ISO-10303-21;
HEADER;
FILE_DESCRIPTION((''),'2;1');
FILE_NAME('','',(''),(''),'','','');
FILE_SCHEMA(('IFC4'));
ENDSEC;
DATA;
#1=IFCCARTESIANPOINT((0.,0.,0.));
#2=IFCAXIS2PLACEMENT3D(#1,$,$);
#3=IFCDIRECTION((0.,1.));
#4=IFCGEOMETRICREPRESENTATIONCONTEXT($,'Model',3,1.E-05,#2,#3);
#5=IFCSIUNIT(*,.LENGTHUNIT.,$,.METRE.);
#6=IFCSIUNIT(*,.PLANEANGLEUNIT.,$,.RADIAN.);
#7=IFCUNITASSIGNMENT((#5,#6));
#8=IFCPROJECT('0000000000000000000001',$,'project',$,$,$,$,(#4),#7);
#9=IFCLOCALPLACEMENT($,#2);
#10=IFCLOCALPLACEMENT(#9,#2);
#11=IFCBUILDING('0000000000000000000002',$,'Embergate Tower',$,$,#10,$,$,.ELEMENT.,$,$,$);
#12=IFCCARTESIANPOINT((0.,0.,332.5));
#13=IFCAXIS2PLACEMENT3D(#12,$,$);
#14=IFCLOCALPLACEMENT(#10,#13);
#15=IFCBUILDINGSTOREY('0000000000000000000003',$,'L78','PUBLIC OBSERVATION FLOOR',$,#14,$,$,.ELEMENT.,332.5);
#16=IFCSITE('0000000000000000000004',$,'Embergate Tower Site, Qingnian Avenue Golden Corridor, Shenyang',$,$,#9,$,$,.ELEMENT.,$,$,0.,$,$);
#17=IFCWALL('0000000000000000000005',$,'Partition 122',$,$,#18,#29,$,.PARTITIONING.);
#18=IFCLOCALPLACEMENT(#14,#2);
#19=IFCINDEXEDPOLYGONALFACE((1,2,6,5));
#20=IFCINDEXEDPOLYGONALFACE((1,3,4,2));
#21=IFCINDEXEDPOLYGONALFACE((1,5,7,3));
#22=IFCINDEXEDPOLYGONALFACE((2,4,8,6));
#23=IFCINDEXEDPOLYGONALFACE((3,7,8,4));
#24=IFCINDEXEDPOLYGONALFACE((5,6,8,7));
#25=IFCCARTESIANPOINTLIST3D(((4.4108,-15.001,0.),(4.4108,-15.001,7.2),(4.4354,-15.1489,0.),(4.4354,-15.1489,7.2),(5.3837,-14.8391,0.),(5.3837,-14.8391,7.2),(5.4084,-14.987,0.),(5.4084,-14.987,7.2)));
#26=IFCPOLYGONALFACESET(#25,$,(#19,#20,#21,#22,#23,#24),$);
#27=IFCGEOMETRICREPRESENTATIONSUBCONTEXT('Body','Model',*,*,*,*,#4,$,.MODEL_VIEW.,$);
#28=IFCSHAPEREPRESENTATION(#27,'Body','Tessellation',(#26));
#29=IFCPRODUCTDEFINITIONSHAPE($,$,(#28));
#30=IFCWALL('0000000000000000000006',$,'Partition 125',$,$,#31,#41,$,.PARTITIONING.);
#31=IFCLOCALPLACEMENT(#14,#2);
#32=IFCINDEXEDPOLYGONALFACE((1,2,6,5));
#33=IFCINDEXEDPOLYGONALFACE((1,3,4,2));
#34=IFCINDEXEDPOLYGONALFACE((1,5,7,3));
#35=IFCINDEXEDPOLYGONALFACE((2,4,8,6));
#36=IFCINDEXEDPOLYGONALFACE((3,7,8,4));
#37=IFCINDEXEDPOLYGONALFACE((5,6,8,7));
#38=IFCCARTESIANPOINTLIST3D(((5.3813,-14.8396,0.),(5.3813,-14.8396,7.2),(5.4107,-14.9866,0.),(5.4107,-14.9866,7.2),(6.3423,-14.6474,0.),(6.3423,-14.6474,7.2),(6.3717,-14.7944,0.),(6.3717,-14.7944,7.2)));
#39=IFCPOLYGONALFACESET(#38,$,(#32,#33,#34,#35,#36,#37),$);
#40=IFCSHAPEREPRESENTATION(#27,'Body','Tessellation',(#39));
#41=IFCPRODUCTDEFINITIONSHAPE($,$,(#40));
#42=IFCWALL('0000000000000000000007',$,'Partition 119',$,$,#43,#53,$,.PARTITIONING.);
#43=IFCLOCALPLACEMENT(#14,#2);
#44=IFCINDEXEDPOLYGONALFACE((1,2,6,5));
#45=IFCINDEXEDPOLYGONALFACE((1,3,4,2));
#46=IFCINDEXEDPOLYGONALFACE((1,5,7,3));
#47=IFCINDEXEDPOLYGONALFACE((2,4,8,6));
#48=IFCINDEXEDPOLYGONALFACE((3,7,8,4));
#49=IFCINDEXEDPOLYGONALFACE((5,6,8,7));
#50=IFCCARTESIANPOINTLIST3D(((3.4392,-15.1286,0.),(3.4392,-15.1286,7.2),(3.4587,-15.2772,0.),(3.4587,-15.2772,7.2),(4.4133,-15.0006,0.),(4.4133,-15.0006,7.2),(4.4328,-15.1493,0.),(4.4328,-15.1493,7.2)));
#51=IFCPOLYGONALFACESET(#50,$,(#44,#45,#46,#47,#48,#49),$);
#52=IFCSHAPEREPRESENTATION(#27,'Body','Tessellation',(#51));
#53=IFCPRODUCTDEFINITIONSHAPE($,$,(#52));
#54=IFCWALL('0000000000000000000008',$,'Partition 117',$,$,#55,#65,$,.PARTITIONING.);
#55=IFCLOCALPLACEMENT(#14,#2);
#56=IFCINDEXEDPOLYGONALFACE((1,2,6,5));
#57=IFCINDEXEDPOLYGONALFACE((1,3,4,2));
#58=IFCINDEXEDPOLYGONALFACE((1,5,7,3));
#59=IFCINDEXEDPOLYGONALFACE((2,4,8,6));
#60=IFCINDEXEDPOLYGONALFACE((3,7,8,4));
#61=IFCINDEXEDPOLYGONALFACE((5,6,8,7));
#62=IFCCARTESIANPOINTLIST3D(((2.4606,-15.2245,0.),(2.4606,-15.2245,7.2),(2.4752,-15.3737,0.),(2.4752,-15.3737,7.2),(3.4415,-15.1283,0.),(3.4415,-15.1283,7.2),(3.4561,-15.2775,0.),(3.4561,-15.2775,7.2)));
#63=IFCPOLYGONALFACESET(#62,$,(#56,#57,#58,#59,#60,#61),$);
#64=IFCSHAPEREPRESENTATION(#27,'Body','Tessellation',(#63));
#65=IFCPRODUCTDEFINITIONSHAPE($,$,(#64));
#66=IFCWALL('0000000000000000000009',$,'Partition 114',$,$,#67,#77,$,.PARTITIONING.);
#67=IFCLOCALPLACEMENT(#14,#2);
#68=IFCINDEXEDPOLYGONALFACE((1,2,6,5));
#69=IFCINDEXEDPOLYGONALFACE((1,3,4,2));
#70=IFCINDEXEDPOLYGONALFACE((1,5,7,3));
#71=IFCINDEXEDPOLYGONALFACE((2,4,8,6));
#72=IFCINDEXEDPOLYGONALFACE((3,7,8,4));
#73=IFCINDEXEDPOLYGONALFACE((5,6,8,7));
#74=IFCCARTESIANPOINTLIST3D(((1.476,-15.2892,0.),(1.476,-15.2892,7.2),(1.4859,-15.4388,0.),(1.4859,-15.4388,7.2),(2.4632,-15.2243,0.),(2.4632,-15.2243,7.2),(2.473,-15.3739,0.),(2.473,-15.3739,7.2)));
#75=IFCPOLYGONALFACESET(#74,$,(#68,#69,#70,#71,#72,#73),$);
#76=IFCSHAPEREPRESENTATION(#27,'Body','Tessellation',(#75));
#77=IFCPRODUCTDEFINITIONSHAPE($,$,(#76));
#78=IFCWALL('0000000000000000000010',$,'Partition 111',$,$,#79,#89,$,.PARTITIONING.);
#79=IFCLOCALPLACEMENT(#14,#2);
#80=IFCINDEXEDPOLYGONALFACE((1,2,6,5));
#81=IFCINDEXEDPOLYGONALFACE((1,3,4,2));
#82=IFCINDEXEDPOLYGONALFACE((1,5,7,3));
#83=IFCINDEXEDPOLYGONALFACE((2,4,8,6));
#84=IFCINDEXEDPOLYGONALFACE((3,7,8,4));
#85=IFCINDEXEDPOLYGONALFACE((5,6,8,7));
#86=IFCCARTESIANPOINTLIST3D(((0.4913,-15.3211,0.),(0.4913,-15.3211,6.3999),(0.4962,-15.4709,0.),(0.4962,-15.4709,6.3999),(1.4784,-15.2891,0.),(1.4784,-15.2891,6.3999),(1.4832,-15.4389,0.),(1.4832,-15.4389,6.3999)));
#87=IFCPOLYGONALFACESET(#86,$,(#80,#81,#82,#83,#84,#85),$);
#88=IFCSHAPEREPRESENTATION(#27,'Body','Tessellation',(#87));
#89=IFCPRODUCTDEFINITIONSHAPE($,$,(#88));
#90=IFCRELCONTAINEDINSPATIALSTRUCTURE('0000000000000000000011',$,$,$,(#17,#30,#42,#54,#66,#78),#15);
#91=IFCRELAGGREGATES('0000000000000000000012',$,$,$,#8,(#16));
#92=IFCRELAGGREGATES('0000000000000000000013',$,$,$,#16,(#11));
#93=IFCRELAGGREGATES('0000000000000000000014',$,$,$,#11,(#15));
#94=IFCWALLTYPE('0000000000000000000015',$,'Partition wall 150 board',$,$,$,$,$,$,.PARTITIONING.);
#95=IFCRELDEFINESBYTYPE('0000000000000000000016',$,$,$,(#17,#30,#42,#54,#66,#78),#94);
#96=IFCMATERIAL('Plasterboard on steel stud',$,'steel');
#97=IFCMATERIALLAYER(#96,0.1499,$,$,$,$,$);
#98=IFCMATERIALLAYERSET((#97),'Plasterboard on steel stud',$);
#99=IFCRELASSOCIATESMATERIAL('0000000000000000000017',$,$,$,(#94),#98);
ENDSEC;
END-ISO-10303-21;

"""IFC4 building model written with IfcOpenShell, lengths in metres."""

from ifc_helpers import new_model, si_unit, direction, frame, frame_2d, origin, place, context, subcontext, project, spatial, rectangle, extrude, source, transform, mapped, material, layer, layer_set, type_object, element, save


model = new_model("IFC4")

# Units and contexts
model_context = context("Model", 3, precision=1e-05, world=origin(), true_north=direction((0.0, 1.0)))
body_context = subcontext(model_context, "Body", "Model", "MODEL_VIEW")
ifc_project = project(units=[si_unit("LENGTHUNIT", "METRE"), si_unit("PLANEANGLEUNIT", "RADIAN")], contexts=[model_context])

# Site, building, storey
site_placement = place(None, origin())
site = spatial("IfcSite", under=ifc_project, at=site_placement, Name="Embergate Tower Site, Qingnian Avenue Golden Corridor, Shenyang", CompositionType="ELEMENT", RefElevation=0.0)
building_placement = place(site_placement, origin())
building = spatial("IfcBuilding", under=site, at=building_placement, Name="Embergate Tower", CompositionType="ELEMENT")
storey_placement = place(building_placement, frame((0.0, 0.0, 332.5)))
storey = spatial("IfcBuildingStorey", under=building, at=storey_placement, Name="L78", Description="PUBLIC OBSERVATION FLOOR", CompositionType="ELEMENT", Elevation=332.5)

# Walls
ifc_material_1 = material(Name="Plasterboard on steel stud", Category="steel")
ifc_layer_1 = layer(ifc_material_1, 0.1499)
ifc_layer_set_1 = layer_set([ifc_layer_1], Name="Plasterboard on steel stud")
wall_type_1 = type_object("IfcWallType", Name="Partition wall 150 board", PredefinedType="PARTITIONING", material=ifc_layer_set_1)
shared_shape_1 = source(origin(), body_context, "Body", "SweptSolid", [
    extrude(rectangle(XDim=0.9863, YDim=0.1499, at=frame_2d((0.4932, 0.0))), origin(), (0.0, 0.0, 1.0), 7.2),
])
wall_1_placement = place(storey_placement, frame((4.4231, -15.075, 0.0), z_axis=(0.0, 0.0, 1.0), x_axis=(0.986441, 0.164118, 0.0)))
element("IfcWall", 1, at=wall_1_placement, inside=storey, type_object=wall_type_1, Name="Partition 122", PredefinedType="PARTITIONING", context=body_context, shape_type="MappedRepresentation", body=[
    mapped(shared_shape_1, transform((0.0, 0.0, 0.0))),
])
shared_shape_2 = source(origin(), body_context, "Body", "SweptSolid", [
    extrude(rectangle(XDim=0.98, YDim=0.1499, at=frame_2d((0.49, 0.0))), origin(), (0.0, 0.0, 1.0), 7.2),
])
wall_2_placement = place(storey_placement, frame((5.396, -14.9131, 0.0), z_axis=(0.0, 0.0, 1.0), x_axis=(0.98059, 0.196068, 0.0)))
element("IfcWall", 2, at=wall_2_placement, inside=storey, type_object=wall_type_1, Name="Partition 125", PredefinedType="PARTITIONING", context=body_context, shape_type="MappedRepresentation", body=[
    mapped(shared_shape_2, transform((0.0, 0.0, 0.0))),
])
shared_shape_3 = source(origin(), body_context, "Body", "SweptSolid", [
    extrude(rectangle(XDim=0.9824, YDim=0.1499, at=frame_2d((0.4912, 0.0))), origin(), (0.0, 0.0, 1.0), 7.2),
])
wall_3_placement = place(storey_placement, frame((3.449, -15.2029, 0.0), z_axis=(0.0, 0.0, 1.0), x_axis=(0.991486, 0.13021, 0.0)))
element("IfcWall", 3, at=wall_3_placement, inside=storey, type_object=wall_type_1, Name="Partition 119", PredefinedType="PARTITIONING", context=body_context, shape_type="MappedRepresentation", body=[
    mapped(shared_shape_3, transform((0.0, 0.0, 0.0))),
])
shared_shape_4 = source(origin(), body_context, "Body", "SweptSolid", [
    extrude(rectangle(XDim=0.9856, YDim=0.1499, at=frame_2d((0.4927, 0.0))), origin(), (0.0, 0.0, 1.0), 7.2),
])
wall_4_placement = place(storey_placement, frame((2.468, -15.2991, 0.0), z_axis=(0.0, 0.0, 1.0), x_axis=(0.995227, 0.097591, 0.0)))
element("IfcWall", 4, at=wall_4_placement, inside=storey, type_object=wall_type_1, Name="Partition 117", PredefinedType="PARTITIONING", context=body_context, shape_type="MappedRepresentation", body=[
    mapped(shared_shape_4, transform((0.0, 0.0, 0.0))),
])
shared_shape_5 = source(origin(), body_context, "Body", "SweptSolid", [
    extrude(rectangle(XDim=0.9893, YDim=0.1499, at=frame_2d((0.4946, 0.0))), origin(), (0.0, 0.0, 1.0), 7.2),
])
wall_5_placement = place(storey_placement, frame((1.481, -15.364, 0.0), z_axis=(0.0, 0.0, 1.0), x_axis=(0.997843, 0.065651, 0.0)))
element("IfcWall", 5, at=wall_5_placement, inside=storey, type_object=wall_type_1, Name="Partition 114", PredefinedType="PARTITIONING", context=body_context, shape_type="MappedRepresentation", body=[
    mapped(shared_shape_5, transform((0.0, 0.0, 0.0))),
])
shared_shape_6 = source(origin(), body_context, "Body", "SweptSolid", [
    extrude(rectangle(XDim=0.9875, YDim=0.1499, at=frame_2d((0.4937, 0.0))), origin(), (0.0, 0.0, 1.0), 6.3999),
])
wall_6_placement = place(storey_placement, frame((0.4939, -15.396, 0.0), z_axis=(0.0, 0.0, 1.0), x_axis=(0.999475, 0.032385, 0.0)))
element("IfcWall", 6, at=wall_6_placement, inside=storey, type_object=wall_type_1, Name="Partition 111", PredefinedType="PARTITIONING", context=body_context, shape_type="MappedRepresentation", body=[
    mapped(shared_shape_6, transform((0.0, 0.0, 0.0))),
])

save(model, "model.ifc")
